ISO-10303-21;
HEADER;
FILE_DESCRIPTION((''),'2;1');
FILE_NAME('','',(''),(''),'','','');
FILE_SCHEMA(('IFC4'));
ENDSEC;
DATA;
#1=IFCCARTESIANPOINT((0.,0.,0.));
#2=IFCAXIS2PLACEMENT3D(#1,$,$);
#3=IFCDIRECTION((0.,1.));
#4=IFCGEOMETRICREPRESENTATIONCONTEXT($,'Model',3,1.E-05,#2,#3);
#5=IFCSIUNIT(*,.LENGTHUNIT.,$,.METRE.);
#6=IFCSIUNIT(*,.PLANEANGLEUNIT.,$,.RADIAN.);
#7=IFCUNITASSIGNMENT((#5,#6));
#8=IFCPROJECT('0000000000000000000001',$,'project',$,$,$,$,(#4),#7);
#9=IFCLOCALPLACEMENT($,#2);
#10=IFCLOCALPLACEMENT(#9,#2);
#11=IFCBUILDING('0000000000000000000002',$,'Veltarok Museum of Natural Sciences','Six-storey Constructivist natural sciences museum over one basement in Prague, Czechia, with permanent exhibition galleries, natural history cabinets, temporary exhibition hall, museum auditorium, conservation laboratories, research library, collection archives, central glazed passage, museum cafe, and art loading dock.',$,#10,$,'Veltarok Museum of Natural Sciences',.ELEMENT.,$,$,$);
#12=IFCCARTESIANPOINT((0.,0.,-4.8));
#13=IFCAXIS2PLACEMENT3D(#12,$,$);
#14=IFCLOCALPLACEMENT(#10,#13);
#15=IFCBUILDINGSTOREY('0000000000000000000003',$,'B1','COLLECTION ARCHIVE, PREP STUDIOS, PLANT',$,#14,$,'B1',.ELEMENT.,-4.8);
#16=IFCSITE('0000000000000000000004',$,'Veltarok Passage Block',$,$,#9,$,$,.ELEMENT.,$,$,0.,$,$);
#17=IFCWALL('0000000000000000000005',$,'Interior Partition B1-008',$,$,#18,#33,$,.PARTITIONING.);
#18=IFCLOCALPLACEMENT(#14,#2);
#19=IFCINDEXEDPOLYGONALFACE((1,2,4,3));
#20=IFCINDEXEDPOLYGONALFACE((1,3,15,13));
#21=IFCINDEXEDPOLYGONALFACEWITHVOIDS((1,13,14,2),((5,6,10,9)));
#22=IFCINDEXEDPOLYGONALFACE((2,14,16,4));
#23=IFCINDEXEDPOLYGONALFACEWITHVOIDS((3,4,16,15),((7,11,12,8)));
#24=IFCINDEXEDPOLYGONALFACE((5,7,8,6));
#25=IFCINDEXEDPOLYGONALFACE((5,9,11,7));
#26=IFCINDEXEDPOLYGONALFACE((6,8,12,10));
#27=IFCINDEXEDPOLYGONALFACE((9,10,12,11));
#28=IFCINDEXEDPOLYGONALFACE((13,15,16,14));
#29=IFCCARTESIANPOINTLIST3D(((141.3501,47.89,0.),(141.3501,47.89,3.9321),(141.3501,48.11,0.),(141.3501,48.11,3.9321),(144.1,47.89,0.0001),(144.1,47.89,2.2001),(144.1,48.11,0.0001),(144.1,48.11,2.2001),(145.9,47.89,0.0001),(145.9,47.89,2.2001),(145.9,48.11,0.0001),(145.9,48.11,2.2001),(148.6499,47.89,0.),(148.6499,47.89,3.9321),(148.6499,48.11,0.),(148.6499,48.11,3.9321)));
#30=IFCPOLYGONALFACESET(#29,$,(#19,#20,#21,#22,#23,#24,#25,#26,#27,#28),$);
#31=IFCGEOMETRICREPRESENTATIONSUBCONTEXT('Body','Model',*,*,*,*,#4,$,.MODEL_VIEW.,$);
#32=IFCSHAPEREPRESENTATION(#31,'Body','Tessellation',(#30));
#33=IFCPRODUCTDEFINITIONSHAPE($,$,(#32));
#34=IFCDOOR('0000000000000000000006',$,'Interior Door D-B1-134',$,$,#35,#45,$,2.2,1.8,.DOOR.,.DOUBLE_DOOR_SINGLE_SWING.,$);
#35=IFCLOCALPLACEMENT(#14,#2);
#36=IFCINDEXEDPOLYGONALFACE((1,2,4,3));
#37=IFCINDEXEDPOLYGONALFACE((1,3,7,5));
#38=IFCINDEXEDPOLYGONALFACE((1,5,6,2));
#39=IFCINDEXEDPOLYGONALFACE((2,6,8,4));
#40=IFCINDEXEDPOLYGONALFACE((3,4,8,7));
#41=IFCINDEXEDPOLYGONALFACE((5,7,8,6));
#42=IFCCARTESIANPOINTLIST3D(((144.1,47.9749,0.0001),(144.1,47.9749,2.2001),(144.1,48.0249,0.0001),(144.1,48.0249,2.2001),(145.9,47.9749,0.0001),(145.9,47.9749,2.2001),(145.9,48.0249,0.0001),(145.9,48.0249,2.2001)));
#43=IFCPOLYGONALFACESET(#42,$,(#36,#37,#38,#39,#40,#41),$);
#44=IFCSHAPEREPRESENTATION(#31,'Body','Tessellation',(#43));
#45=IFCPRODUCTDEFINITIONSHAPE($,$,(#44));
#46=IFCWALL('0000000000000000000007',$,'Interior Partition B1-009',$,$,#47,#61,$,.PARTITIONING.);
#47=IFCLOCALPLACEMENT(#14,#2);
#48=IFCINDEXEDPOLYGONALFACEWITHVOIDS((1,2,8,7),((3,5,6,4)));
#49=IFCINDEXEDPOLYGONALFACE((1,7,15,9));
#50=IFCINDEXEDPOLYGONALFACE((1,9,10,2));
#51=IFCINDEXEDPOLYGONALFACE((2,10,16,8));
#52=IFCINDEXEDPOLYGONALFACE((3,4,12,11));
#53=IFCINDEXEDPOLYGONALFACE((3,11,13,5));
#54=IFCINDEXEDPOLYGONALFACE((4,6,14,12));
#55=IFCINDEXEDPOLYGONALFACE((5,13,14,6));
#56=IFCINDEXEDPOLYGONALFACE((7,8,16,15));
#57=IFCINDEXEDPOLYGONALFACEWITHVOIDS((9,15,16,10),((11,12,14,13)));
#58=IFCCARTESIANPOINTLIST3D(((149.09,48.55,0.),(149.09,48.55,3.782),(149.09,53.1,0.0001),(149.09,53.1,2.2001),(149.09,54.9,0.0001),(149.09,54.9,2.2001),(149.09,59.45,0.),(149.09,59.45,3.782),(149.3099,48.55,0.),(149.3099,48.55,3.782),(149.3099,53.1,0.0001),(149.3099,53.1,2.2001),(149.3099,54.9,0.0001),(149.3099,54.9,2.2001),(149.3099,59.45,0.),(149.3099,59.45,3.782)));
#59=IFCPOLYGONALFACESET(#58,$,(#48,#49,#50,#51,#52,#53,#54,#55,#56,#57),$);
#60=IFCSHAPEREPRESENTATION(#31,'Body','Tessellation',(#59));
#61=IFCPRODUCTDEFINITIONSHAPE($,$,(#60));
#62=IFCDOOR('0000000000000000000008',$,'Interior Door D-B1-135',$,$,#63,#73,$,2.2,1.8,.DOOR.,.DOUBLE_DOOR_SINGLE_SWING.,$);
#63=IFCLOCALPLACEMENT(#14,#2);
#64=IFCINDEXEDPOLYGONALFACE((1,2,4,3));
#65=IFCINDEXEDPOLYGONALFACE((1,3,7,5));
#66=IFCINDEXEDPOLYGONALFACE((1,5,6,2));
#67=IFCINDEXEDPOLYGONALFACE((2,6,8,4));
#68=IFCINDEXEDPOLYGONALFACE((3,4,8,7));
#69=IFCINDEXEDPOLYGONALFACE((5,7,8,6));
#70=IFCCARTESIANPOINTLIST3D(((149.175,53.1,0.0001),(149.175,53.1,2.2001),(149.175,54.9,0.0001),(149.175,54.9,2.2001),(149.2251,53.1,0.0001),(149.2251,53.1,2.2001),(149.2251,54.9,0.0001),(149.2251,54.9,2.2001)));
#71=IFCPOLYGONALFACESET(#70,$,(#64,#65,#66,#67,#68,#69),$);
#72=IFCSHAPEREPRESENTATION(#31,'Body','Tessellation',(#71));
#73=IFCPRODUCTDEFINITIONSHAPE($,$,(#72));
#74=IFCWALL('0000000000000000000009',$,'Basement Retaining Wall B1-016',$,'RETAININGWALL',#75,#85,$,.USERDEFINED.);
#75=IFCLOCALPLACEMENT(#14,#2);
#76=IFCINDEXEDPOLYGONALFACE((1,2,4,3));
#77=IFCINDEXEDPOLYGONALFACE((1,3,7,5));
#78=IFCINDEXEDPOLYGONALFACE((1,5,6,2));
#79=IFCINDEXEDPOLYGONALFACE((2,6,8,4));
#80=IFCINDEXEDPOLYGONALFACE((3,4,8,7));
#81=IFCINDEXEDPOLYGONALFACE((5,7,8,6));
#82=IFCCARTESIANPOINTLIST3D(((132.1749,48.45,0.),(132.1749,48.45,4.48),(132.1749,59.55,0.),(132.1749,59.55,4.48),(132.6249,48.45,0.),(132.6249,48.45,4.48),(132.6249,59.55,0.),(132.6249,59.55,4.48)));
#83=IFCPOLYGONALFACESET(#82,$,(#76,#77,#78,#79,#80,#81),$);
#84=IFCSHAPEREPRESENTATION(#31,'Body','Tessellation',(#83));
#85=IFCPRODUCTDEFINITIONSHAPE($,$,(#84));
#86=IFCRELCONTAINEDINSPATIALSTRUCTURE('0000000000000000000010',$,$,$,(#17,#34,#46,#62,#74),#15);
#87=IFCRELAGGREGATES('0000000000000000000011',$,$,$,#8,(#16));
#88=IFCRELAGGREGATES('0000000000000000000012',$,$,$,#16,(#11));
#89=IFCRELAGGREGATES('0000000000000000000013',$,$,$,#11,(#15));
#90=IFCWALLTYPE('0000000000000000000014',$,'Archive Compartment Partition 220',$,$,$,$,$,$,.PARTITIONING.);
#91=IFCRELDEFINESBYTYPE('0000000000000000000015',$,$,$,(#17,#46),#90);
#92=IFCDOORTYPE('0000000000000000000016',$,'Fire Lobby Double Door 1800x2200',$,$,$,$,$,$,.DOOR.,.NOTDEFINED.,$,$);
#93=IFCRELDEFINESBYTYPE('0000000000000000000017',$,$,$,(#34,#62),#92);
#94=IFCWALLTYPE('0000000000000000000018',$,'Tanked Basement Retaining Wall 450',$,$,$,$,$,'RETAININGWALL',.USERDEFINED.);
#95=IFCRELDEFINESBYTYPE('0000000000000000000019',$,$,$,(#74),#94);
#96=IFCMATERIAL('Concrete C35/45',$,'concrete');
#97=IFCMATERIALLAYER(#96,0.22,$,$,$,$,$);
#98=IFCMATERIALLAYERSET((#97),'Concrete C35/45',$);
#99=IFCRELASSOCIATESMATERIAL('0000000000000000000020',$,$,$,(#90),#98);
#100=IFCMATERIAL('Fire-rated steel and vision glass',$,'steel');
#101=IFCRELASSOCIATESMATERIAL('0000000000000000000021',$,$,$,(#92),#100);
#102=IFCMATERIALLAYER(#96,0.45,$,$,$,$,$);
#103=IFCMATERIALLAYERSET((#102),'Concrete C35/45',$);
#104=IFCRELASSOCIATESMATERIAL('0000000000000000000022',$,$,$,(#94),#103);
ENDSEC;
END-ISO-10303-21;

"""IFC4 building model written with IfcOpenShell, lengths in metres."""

from ifc_helpers import new_model, si_unit, direction, frame, frame_2d, origin, place, context, subcontext, project, spatial, rectangle, extrude, material, layer, layer_set, type_object, element, fill, save


model = new_model("IFC4")

# Units and contexts
model_context = context("Model", 3, precision=1e-05, world=origin(), true_north=direction((0.0, 1.0)))
body_context = subcontext(model_context, "Body", "Model", "MODEL_VIEW")
ifc_project = project(units=[si_unit("LENGTHUNIT", "METRE"), si_unit("PLANEANGLEUNIT", "RADIAN")], contexts=[model_context])

# Site, building, storey
site_placement = place(None, origin())
site = spatial("IfcSite", under=ifc_project, at=site_placement, Name="Veltarok Passage Block", CompositionType="ELEMENT", RefElevation=0.0)
building_placement = place(site_placement, origin())
building = spatial("IfcBuilding", under=site, at=building_placement, Name="Veltarok Museum of Natural Sciences", Description="Six-storey Constructivist natural sciences museum over one basement in Prague, Czechia, with permanent exhibition galleries, natural history cabinets, temporary exhibition hall, museum auditorium, conservation laboratories, research library, collection archives, central glazed passage, museum cafe, and art loading dock.", LongName="Veltarok Museum of Natural Sciences", CompositionType="ELEMENT")
storey_placement = place(building_placement, frame((0.0, 0.0, -4.8)))
storey = spatial("IfcBuildingStorey", under=building, at=storey_placement, Name="B1", Description="COLLECTION ARCHIVE, PREP STUDIOS, PLANT", LongName="B1", CompositionType="ELEMENT", Elevation=-4.8)

# Shared definitions
ifc_material_1 = material(Name="Concrete C35/45", Category="concrete")

# Walls, openings, doors
ifc_layer_1 = layer(ifc_material_1, 0.22)
ifc_layer_set_1 = layer_set([ifc_layer_1], Name="Concrete C35/45")
wall_type_1 = type_object("IfcWallType", Name="Archive Compartment Partition 220", PredefinedType="PARTITIONING", material=ifc_layer_set_1)
wall_1_placement = place(storey_placement, frame((141.3501, 48.0, 0.0), z_axis=(0.0, 0.0, 1.0), x_axis=(1.0, 0.0, 0.0)))
wall_1 = element("IfcWall", 1, at=wall_1_placement, inside=storey, type_object=wall_type_1, Name="Interior Partition B1-008", PredefinedType="PARTITIONING", context=body_context, shape_type="SweptSolid", body=[
    extrude(rectangle(XDim=7.2998, YDim=0.22, at=frame_2d((3.6499, 0.0))), origin(), (0.0, 0.0, 1.0), 3.9321),
])
opening_1_placement = place(wall_1_placement, frame((2.75, 0.0, 0.0)))
opening_1 = element("IfcOpeningElement", 2, at=opening_1_placement, cuts=wall_1, PredefinedType="OPENING", context=body_context, shape_type="SweptSolid", body=[
    extrude(rectangle(XDim=1.8, YDim=2.2, at=frame_2d((0.8999, 1.1001))), frame((0.0, 0.1201, 0.0), z_axis=(0.0, -1.0, 0.0), x_axis=(1.0, 0.0, 0.0)), (0.0, 0.0, 1.0), 0.24),
])
ifc_material_2 = material(Name="Fire-rated steel and vision glass", Category="steel")
door_type = type_object("IfcDoorType", Name="Fire Lobby Double Door 1800x2200", OperationType="NOTDEFINED", PredefinedType="DOOR", material=ifc_material_2)
door_1_placement = place(opening_1_placement, origin())
door_1 = element("IfcDoor", 3, at=door_1_placement, inside=storey, type_object=door_type, Name="Interior Door D-B1-134", OperationType="DOUBLE_DOOR_SINGLE_SWING", OverallHeight=2.2, OverallWidth=1.8, PredefinedType="DOOR", context=body_context, shape_type="SweptSolid", body=[
    extrude(rectangle(XDim=1.8, YDim=2.2, at=frame_2d((0.8999, 1.1001))), frame((0.0, 0.0249, 0.0), z_axis=(0.0, -1.0, 0.0), x_axis=(1.0, 0.0, 0.0)), (0.0, 0.0, 1.0), 0.05),
])
fill(opening_1, door_1)
wall_2_placement = place(storey_placement, frame((149.2, 48.55, 0.0), z_axis=(0.0, 0.0, 1.0), x_axis=(0.0, 1.0, 0.0)))
wall_2 = element("IfcWall", 4, at=wall_2_placement, inside=storey, type_object=wall_type_1, Name="Interior Partition B1-009", PredefinedType="PARTITIONING", context=body_context, shape_type="SweptSolid", body=[
    extrude(rectangle(XDim=10.8999, YDim=0.22, at=frame_2d((5.45, 0.0))), origin(), (0.0, 0.0, 1.0), 3.782),
])
opening_2_placement = place(wall_2_placement, frame((4.55, 0.0, 0.0)))
opening_2 = element("IfcOpeningElement", 5, at=opening_2_placement, cuts=wall_2, PredefinedType="OPENING", context=body_context, shape_type="SweptSolid", body=[
    extrude(rectangle(XDim=1.8, YDim=2.2, at=frame_2d((0.8999, 1.1001))), frame((0.0, 0.1201, 0.0), z_axis=(0.0, -1.0, 0.0), x_axis=(1.0, 0.0, 0.0)), (0.0, 0.0, 1.0), 0.24),
])
door_2_placement = place(opening_2_placement, origin())
door_2 = element("IfcDoor", 6, at=door_2_placement, inside=storey, type_object=door_type, Name="Interior Door D-B1-135", OperationType="DOUBLE_DOOR_SINGLE_SWING", OverallHeight=2.2, OverallWidth=1.8, PredefinedType="DOOR", context=body_context, shape_type="SweptSolid", body=[
    extrude(rectangle(XDim=1.8, YDim=2.2, at=frame_2d((0.8999, 1.1001))), frame((0.0, 0.0249, 0.0), z_axis=(0.0, -1.0, 0.0), x_axis=(1.0, 0.0, 0.0)), (0.0, 0.0, 1.0), 0.05),
])
fill(opening_2, door_2)

# Wall
ifc_layer_2 = layer(ifc_material_1, 0.45)
ifc_layer_set_2 = layer_set([ifc_layer_2], Name="Concrete C35/45")
wall_type_2 = type_object("IfcWallType", Name="Tanked Basement Retaining Wall 450", ElementType="RETAININGWALL", PredefinedType="USERDEFINED", material=ifc_layer_set_2)
wall_3_placement = place(storey_placement, frame((132.3999, 48.45, 0.0), z_axis=(0.0, 0.0, 1.0), x_axis=(0.0, 1.0, 0.0)))
element("IfcWall", 7, at=wall_3_placement, inside=storey, type_object=wall_type_2, Name="Basement Retaining Wall B1-016", ObjectType="RETAININGWALL", PredefinedType="USERDEFINED", context=body_context, shape_type="SweptSolid", body=[
    extrude(rectangle(XDim=11.1001, YDim=0.45, at=frame_2d((5.55, 0.0))), origin(), (0.0, 0.0, 1.0), 4.48),
])

save(model, "model.ifc")
